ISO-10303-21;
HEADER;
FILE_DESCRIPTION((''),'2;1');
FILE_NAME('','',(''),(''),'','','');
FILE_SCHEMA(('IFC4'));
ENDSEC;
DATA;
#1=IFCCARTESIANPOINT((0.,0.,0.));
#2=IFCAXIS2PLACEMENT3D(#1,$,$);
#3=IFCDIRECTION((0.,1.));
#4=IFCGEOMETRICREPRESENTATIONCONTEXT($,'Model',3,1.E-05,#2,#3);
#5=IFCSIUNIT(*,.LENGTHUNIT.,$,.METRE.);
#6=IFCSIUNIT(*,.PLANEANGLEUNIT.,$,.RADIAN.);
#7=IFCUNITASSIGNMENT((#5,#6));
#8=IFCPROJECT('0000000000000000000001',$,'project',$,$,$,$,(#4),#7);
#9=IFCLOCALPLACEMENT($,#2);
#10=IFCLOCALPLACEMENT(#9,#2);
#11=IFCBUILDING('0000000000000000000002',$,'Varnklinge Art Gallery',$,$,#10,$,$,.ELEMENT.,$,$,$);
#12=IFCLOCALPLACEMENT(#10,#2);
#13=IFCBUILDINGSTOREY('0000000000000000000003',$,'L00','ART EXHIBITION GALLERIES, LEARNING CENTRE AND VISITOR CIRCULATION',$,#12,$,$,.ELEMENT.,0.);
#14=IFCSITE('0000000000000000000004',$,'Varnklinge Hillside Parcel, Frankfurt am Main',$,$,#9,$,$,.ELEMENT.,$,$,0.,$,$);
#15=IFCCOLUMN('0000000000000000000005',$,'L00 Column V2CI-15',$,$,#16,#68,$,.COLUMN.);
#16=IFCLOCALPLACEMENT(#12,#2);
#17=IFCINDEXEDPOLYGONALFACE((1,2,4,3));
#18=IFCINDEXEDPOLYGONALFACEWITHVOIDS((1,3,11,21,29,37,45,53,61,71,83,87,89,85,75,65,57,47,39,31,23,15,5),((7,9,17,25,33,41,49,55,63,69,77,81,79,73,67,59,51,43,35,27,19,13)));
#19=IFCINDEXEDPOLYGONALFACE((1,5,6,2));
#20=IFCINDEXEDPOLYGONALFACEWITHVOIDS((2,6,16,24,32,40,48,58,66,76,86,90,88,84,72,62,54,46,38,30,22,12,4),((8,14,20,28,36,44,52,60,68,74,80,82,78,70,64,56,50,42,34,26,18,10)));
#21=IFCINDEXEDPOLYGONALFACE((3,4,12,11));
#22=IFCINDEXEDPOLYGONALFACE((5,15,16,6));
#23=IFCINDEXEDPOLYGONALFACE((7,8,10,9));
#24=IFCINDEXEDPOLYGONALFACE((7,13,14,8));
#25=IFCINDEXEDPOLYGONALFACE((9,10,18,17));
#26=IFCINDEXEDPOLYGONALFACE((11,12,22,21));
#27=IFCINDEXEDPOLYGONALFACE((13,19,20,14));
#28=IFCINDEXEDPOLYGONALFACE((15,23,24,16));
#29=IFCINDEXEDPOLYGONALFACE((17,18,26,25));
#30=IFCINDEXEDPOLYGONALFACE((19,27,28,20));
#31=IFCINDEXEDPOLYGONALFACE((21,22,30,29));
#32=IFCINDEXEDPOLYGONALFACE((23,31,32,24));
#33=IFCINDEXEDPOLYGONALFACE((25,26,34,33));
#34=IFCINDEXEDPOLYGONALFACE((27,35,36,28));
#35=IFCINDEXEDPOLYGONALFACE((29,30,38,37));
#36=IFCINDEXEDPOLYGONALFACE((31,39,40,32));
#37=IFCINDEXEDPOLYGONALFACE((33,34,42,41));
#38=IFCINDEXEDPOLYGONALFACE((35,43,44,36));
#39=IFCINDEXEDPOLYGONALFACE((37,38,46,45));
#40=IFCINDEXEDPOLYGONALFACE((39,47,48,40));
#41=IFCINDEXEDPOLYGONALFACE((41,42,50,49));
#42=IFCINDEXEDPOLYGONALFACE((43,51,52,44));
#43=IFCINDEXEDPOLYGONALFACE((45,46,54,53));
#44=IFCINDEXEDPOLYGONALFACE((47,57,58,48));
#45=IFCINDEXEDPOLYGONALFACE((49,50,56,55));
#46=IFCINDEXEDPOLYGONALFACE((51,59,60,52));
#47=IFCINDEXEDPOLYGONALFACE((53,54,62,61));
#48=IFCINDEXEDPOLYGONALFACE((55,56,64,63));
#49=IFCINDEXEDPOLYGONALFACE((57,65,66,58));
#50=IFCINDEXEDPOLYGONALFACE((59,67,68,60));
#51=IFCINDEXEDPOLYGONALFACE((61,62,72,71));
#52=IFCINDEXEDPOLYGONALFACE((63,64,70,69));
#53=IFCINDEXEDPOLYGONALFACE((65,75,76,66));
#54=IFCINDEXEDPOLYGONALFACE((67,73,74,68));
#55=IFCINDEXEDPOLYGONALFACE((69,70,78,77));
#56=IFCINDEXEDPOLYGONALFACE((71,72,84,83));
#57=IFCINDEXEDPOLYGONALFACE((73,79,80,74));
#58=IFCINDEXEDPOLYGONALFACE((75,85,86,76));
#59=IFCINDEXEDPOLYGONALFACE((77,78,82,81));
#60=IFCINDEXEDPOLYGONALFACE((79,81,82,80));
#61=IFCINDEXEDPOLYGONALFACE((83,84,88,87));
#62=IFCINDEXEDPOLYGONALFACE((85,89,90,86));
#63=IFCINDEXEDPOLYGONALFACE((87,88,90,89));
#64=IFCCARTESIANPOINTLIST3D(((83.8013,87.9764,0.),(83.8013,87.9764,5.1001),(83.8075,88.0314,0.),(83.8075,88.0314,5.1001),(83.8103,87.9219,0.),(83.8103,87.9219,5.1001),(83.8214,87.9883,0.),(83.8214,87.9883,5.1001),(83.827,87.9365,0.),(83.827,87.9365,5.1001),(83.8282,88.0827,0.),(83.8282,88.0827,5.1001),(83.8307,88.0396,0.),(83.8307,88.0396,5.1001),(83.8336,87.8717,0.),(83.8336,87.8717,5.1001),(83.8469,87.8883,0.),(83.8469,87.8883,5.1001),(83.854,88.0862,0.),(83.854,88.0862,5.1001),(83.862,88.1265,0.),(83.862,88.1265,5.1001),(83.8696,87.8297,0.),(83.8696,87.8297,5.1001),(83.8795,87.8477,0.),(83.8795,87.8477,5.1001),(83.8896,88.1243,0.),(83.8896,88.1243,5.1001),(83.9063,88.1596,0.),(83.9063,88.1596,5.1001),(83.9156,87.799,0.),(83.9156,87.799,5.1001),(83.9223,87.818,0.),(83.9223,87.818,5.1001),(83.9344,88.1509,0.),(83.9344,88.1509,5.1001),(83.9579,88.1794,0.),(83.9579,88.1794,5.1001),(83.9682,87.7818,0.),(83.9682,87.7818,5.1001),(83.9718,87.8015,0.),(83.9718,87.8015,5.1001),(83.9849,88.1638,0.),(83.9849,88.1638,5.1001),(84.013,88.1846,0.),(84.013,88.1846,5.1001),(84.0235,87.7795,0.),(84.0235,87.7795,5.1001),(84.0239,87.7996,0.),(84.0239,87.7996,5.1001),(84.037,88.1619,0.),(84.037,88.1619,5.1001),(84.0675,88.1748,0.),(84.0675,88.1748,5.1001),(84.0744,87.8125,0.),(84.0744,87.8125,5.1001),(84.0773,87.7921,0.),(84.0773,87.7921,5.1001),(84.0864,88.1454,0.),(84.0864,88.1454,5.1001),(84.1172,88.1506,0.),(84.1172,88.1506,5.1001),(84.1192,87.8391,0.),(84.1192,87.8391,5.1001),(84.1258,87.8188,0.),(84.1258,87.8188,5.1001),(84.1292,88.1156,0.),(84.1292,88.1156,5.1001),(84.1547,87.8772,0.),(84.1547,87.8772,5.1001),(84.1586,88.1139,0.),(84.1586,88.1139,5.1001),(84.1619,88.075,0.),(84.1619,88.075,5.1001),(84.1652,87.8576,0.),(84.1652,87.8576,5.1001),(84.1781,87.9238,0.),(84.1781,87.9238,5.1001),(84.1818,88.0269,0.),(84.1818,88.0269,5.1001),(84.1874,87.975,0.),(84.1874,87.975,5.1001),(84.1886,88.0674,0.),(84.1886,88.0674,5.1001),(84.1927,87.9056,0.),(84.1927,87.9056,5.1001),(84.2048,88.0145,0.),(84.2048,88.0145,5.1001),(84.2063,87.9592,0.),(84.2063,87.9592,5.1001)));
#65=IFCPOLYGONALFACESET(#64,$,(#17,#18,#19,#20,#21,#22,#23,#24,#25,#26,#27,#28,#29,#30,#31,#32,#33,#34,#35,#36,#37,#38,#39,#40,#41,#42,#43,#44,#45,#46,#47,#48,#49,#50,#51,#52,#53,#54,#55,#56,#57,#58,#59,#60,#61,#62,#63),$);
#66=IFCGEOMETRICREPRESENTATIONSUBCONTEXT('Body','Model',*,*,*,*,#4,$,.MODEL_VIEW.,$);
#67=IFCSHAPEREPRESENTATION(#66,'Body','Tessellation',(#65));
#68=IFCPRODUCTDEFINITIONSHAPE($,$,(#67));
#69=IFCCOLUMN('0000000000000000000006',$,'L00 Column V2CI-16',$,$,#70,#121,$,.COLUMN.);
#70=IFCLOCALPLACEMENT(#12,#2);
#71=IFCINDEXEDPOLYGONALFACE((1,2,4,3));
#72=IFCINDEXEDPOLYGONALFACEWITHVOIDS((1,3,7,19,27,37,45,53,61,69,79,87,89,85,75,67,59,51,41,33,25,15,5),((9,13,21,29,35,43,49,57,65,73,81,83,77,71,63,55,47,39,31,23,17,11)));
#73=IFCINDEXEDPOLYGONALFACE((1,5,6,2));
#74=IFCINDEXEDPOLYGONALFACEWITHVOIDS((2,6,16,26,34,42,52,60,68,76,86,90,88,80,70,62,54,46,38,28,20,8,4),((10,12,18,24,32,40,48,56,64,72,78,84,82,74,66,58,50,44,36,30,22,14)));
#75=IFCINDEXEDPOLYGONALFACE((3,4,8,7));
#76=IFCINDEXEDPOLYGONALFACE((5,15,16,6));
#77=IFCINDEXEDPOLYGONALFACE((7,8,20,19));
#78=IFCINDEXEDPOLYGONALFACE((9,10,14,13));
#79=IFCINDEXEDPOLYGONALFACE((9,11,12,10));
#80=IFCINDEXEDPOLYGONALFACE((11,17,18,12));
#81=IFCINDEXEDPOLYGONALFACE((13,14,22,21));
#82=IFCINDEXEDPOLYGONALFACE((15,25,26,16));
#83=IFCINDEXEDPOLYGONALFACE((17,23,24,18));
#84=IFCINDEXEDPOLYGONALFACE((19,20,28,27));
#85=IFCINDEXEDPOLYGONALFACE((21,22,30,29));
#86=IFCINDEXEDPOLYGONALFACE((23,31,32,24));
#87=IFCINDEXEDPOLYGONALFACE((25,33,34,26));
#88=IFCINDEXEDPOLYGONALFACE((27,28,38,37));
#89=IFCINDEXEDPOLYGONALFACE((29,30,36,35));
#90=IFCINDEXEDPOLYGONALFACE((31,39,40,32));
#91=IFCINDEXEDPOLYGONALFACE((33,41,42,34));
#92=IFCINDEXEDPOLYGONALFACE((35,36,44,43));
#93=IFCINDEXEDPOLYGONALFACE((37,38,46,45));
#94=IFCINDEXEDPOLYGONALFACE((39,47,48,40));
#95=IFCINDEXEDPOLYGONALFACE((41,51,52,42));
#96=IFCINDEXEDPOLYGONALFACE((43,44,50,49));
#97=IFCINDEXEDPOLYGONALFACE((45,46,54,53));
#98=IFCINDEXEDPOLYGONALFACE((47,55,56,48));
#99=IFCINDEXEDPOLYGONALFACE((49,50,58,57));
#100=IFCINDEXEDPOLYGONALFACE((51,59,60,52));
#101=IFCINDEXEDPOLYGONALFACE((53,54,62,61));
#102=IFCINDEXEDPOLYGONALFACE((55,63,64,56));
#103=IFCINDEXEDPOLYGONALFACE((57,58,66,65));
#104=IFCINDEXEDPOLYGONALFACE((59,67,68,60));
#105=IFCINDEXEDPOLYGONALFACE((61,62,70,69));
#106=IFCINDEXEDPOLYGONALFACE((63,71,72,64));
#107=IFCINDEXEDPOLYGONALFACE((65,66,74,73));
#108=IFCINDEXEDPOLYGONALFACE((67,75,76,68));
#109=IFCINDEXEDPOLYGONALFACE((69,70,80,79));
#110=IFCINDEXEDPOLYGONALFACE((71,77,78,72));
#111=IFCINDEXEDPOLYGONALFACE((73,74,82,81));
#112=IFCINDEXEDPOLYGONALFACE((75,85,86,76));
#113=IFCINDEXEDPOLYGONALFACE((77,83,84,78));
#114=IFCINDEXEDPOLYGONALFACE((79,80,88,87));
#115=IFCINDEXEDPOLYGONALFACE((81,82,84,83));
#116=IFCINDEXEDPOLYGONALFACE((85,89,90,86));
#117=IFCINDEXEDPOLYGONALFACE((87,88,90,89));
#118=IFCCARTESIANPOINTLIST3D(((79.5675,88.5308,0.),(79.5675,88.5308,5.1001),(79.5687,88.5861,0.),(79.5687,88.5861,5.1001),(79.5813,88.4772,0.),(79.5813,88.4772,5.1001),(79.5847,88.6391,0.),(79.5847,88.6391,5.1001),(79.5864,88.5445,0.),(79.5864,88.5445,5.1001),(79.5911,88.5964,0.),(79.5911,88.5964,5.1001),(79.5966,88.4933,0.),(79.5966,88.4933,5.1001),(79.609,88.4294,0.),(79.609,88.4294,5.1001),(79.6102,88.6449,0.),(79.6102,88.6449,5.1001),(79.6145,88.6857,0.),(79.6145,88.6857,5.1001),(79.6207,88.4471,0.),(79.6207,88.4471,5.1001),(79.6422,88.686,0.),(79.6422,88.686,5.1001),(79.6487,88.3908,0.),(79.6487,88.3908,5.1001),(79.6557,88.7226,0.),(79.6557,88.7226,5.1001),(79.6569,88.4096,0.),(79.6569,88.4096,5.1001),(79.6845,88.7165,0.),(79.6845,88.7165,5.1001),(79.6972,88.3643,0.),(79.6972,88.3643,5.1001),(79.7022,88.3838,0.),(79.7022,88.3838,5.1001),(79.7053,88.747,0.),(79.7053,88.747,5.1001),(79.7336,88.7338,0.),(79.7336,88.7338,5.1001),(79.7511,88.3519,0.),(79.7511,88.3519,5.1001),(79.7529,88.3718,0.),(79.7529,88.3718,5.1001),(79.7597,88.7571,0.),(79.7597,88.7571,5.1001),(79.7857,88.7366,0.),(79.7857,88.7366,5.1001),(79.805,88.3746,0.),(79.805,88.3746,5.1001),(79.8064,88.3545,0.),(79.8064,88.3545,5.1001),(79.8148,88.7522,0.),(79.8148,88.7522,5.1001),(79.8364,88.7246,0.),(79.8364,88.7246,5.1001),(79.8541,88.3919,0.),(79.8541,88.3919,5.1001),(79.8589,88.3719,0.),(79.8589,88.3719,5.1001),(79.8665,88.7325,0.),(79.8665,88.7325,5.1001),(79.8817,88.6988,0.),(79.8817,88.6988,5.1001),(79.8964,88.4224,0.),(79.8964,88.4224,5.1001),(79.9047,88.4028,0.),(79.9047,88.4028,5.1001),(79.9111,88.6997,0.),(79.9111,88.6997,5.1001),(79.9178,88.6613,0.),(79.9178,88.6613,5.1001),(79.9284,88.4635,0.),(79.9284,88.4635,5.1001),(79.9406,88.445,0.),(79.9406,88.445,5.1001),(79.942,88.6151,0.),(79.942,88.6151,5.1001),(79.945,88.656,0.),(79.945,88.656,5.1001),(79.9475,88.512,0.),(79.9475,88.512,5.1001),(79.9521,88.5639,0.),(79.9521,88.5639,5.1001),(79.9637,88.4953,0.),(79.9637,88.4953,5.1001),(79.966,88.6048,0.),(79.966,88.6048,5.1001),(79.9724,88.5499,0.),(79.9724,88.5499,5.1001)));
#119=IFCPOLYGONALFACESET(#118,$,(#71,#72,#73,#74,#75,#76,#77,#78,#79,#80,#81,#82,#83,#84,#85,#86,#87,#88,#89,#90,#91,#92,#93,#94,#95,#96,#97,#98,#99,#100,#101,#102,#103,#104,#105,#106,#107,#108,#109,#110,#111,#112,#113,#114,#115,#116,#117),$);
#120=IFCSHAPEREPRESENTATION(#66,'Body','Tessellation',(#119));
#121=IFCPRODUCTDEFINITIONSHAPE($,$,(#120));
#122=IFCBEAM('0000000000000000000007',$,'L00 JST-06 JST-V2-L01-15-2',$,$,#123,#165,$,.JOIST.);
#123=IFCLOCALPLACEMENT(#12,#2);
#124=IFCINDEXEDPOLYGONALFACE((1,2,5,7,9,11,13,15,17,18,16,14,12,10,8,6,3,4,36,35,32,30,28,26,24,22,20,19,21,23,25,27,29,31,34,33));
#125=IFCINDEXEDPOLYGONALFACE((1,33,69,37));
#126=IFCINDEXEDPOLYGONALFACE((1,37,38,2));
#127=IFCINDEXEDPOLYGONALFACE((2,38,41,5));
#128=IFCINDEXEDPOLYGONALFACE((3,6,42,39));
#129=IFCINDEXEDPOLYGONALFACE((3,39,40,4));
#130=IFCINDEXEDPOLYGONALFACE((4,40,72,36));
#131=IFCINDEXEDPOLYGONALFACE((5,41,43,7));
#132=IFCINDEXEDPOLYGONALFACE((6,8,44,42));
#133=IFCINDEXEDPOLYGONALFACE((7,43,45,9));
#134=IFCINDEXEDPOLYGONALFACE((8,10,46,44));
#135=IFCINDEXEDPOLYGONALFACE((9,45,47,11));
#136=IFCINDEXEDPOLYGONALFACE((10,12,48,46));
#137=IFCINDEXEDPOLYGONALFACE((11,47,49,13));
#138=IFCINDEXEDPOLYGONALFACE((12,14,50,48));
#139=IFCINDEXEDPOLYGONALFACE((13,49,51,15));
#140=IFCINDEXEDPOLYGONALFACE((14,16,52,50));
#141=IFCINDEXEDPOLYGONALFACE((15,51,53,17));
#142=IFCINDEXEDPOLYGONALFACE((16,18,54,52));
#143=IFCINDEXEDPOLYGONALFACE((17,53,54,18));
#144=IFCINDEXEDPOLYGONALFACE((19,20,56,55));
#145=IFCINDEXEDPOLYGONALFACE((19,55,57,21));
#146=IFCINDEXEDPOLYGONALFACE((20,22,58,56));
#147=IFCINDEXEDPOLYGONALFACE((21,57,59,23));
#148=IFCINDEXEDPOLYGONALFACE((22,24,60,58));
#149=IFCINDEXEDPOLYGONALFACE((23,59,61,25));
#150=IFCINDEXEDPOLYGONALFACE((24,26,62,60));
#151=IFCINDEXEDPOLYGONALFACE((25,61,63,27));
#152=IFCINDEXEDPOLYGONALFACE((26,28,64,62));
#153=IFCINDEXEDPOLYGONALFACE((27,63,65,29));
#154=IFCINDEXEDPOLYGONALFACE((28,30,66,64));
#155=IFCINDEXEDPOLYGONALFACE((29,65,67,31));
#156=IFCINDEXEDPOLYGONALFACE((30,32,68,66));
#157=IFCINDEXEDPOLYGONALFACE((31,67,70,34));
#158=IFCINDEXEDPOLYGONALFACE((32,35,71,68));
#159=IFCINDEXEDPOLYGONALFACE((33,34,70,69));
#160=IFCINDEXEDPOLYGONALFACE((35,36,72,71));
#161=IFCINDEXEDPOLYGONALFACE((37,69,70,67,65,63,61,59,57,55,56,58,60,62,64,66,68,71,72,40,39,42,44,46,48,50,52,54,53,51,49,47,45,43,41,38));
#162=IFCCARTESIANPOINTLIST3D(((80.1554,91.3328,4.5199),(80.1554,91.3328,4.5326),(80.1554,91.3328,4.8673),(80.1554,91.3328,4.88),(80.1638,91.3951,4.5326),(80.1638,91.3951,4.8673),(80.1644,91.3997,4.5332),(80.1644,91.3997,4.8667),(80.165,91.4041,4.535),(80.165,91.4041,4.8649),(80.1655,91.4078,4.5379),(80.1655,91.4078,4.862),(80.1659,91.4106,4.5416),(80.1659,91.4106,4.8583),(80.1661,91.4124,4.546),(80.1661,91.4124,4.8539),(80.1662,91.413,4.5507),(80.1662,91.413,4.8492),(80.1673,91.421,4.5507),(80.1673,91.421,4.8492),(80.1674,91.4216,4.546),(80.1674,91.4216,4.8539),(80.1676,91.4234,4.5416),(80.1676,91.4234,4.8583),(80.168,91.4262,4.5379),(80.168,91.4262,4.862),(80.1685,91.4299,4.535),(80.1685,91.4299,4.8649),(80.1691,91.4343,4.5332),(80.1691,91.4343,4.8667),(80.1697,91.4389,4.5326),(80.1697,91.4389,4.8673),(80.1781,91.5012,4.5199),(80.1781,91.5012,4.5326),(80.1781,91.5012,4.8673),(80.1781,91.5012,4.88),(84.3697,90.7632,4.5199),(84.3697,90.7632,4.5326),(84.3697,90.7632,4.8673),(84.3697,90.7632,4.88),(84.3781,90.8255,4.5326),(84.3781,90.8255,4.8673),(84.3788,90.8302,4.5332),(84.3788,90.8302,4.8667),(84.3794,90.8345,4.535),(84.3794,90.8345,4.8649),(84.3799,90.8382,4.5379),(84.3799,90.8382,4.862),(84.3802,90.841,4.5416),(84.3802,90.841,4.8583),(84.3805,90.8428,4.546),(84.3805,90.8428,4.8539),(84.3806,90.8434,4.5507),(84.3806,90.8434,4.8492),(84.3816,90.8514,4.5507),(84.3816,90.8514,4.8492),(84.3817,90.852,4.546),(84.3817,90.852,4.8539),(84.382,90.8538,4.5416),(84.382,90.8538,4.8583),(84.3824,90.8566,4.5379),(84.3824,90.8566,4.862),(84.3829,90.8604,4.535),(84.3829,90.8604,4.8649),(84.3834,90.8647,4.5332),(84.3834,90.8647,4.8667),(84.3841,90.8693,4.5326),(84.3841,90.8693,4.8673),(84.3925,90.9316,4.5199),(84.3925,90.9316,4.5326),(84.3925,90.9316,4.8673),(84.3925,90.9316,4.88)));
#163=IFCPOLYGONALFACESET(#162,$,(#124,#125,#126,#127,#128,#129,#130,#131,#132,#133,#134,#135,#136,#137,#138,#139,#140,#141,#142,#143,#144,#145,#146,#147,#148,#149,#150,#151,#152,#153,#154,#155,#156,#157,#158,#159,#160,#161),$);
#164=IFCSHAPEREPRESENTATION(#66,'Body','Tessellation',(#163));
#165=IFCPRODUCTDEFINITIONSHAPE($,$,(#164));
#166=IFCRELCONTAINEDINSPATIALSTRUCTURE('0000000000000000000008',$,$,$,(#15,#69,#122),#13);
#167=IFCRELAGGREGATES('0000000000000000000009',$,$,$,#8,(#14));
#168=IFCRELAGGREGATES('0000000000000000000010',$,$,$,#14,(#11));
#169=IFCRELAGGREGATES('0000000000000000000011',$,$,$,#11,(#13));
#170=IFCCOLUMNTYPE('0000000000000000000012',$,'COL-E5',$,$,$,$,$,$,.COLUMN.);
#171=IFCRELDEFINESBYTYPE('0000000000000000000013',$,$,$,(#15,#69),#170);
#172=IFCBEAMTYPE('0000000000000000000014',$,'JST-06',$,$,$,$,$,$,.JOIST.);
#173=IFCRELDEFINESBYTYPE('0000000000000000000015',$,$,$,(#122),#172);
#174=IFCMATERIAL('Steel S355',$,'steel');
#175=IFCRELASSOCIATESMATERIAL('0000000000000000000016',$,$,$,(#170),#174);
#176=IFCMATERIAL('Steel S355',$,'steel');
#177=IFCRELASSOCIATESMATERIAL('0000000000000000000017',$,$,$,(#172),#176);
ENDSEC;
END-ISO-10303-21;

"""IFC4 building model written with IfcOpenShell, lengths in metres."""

from ifc_helpers import new_model, si_unit, direction, frame, origin, origin_2d, place, context, subcontext, project, spatial, hollow_circle, i_section, extrude, material, material_profile, profile_set, type_object, element, save


model = new_model("IFC4")

# Units and contexts
model_context = context("Model", 3, precision=1e-05, world=origin(), true_north=direction((0.0, 1.0)))
body_context = subcontext(model_context, "Body", "Model", "MODEL_VIEW")
ifc_project = project(units=[si_unit("LENGTHUNIT", "METRE"), si_unit("PLANEANGLEUNIT", "RADIAN")], contexts=[model_context])

# Site, building, storey
site_placement = place(None, origin())
site = spatial("IfcSite", under=ifc_project, at=site_placement, Name="Varnklinge Hillside Parcel, Frankfurt am Main", CompositionType="ELEMENT", RefElevation=0.0)
building_placement = place(site_placement, origin())
building = spatial("IfcBuilding", under=site, at=building_placement, Name="Varnklinge Art Gallery", CompositionType="ELEMENT")
storey_placement = place(building_placement, origin())
storey = spatial("IfcBuildingStorey", under=building, at=storey_placement, Name="L00", Description="ART EXHIBITION GALLERIES, LEARNING CENTRE AND VISITOR CIRCULATION", CompositionType="ELEMENT", Elevation=0.0)

# Columns
ifc_material_1 = material(Name="Steel S355", Category="steel")
ifc_material_profile_1 = material_profile(ifc_material_1, hollow_circle(Radius=0.2031, WallThickness=0.02, at=origin_2d()), Name="CHS 406.4x20")
ifc_profile_set_1 = profile_set([ifc_material_profile_1], Name="Steel S355")
column_type = type_object("IfcColumnType", Name="COL-E5", PredefinedType="COLUMN", material=ifc_profile_set_1)
for number, where, z_axis, x_axis, name in (
    (1, (84.0044, 87.9817, 0.0), (0.0, 0.0, 1.0), (-0.178115, -0.98401, 0.0), "L00 Column V2CI-15"),
    (2, (79.7693, 88.5542, 0.0), (0.0, 0.0, 1.0), (-0.089416, -0.995994, 0.0), "L00 Column V2CI-16"),
):
    element("IfcColumn", number, at=place(storey_placement, frame(where, z_axis=z_axis, x_axis=x_axis)), inside=storey, type_object=column_type, Name=name, PredefinedType="COLUMN", context=body_context, shape_type="SweptSolid", body=[
        extrude(hollow_circle(Radius=0.2031, WallThickness=0.02, at=origin_2d()), origin(), (0.0, 0.0, 1.0), 5.1001),
    ])

# Beam
ifc_material_2 = material(Name="Steel S355", Category="steel")
ifc_material_profile_2 = material_profile(ifc_material_2, i_section(OverallWidth=0.1699, OverallDepth=0.3601, WebThickness=0.0081, FlangeThickness=0.0127, FilletRadius=0.0181, at=origin_2d()), Name="IPE 360")
ifc_profile_set_2 = profile_set([ifc_material_profile_2], Name="Steel S355")
beam_type_1 = type_object("IfcBeamType", Name="JST-06", PredefinedType="JOIST", material=ifc_profile_set_2)
beam_1_placement = place(storey_placement, frame((84.3811, 90.8474, 4.7), z_axis=(-0.99099, 0.133935, 0.0), x_axis=(-0.133935, -0.99099, 0.0)))
element("IfcBeam", 3, at=beam_1_placement, inside=storey, type_object=beam_type_1, Name="L00 JST-06 JST-V2-L01-15-2", PredefinedType="JOIST", context=body_context, shape_type="SweptSolid", body=[
    extrude(i_section(OverallWidth=0.1699, OverallDepth=0.3601, WebThickness=0.0081, FlangeThickness=0.0127, FilletRadius=0.0181, at=origin_2d()), origin(), (0.0, 0.0, 1.0), 4.2527),
])

save(model, "model.ifc")
